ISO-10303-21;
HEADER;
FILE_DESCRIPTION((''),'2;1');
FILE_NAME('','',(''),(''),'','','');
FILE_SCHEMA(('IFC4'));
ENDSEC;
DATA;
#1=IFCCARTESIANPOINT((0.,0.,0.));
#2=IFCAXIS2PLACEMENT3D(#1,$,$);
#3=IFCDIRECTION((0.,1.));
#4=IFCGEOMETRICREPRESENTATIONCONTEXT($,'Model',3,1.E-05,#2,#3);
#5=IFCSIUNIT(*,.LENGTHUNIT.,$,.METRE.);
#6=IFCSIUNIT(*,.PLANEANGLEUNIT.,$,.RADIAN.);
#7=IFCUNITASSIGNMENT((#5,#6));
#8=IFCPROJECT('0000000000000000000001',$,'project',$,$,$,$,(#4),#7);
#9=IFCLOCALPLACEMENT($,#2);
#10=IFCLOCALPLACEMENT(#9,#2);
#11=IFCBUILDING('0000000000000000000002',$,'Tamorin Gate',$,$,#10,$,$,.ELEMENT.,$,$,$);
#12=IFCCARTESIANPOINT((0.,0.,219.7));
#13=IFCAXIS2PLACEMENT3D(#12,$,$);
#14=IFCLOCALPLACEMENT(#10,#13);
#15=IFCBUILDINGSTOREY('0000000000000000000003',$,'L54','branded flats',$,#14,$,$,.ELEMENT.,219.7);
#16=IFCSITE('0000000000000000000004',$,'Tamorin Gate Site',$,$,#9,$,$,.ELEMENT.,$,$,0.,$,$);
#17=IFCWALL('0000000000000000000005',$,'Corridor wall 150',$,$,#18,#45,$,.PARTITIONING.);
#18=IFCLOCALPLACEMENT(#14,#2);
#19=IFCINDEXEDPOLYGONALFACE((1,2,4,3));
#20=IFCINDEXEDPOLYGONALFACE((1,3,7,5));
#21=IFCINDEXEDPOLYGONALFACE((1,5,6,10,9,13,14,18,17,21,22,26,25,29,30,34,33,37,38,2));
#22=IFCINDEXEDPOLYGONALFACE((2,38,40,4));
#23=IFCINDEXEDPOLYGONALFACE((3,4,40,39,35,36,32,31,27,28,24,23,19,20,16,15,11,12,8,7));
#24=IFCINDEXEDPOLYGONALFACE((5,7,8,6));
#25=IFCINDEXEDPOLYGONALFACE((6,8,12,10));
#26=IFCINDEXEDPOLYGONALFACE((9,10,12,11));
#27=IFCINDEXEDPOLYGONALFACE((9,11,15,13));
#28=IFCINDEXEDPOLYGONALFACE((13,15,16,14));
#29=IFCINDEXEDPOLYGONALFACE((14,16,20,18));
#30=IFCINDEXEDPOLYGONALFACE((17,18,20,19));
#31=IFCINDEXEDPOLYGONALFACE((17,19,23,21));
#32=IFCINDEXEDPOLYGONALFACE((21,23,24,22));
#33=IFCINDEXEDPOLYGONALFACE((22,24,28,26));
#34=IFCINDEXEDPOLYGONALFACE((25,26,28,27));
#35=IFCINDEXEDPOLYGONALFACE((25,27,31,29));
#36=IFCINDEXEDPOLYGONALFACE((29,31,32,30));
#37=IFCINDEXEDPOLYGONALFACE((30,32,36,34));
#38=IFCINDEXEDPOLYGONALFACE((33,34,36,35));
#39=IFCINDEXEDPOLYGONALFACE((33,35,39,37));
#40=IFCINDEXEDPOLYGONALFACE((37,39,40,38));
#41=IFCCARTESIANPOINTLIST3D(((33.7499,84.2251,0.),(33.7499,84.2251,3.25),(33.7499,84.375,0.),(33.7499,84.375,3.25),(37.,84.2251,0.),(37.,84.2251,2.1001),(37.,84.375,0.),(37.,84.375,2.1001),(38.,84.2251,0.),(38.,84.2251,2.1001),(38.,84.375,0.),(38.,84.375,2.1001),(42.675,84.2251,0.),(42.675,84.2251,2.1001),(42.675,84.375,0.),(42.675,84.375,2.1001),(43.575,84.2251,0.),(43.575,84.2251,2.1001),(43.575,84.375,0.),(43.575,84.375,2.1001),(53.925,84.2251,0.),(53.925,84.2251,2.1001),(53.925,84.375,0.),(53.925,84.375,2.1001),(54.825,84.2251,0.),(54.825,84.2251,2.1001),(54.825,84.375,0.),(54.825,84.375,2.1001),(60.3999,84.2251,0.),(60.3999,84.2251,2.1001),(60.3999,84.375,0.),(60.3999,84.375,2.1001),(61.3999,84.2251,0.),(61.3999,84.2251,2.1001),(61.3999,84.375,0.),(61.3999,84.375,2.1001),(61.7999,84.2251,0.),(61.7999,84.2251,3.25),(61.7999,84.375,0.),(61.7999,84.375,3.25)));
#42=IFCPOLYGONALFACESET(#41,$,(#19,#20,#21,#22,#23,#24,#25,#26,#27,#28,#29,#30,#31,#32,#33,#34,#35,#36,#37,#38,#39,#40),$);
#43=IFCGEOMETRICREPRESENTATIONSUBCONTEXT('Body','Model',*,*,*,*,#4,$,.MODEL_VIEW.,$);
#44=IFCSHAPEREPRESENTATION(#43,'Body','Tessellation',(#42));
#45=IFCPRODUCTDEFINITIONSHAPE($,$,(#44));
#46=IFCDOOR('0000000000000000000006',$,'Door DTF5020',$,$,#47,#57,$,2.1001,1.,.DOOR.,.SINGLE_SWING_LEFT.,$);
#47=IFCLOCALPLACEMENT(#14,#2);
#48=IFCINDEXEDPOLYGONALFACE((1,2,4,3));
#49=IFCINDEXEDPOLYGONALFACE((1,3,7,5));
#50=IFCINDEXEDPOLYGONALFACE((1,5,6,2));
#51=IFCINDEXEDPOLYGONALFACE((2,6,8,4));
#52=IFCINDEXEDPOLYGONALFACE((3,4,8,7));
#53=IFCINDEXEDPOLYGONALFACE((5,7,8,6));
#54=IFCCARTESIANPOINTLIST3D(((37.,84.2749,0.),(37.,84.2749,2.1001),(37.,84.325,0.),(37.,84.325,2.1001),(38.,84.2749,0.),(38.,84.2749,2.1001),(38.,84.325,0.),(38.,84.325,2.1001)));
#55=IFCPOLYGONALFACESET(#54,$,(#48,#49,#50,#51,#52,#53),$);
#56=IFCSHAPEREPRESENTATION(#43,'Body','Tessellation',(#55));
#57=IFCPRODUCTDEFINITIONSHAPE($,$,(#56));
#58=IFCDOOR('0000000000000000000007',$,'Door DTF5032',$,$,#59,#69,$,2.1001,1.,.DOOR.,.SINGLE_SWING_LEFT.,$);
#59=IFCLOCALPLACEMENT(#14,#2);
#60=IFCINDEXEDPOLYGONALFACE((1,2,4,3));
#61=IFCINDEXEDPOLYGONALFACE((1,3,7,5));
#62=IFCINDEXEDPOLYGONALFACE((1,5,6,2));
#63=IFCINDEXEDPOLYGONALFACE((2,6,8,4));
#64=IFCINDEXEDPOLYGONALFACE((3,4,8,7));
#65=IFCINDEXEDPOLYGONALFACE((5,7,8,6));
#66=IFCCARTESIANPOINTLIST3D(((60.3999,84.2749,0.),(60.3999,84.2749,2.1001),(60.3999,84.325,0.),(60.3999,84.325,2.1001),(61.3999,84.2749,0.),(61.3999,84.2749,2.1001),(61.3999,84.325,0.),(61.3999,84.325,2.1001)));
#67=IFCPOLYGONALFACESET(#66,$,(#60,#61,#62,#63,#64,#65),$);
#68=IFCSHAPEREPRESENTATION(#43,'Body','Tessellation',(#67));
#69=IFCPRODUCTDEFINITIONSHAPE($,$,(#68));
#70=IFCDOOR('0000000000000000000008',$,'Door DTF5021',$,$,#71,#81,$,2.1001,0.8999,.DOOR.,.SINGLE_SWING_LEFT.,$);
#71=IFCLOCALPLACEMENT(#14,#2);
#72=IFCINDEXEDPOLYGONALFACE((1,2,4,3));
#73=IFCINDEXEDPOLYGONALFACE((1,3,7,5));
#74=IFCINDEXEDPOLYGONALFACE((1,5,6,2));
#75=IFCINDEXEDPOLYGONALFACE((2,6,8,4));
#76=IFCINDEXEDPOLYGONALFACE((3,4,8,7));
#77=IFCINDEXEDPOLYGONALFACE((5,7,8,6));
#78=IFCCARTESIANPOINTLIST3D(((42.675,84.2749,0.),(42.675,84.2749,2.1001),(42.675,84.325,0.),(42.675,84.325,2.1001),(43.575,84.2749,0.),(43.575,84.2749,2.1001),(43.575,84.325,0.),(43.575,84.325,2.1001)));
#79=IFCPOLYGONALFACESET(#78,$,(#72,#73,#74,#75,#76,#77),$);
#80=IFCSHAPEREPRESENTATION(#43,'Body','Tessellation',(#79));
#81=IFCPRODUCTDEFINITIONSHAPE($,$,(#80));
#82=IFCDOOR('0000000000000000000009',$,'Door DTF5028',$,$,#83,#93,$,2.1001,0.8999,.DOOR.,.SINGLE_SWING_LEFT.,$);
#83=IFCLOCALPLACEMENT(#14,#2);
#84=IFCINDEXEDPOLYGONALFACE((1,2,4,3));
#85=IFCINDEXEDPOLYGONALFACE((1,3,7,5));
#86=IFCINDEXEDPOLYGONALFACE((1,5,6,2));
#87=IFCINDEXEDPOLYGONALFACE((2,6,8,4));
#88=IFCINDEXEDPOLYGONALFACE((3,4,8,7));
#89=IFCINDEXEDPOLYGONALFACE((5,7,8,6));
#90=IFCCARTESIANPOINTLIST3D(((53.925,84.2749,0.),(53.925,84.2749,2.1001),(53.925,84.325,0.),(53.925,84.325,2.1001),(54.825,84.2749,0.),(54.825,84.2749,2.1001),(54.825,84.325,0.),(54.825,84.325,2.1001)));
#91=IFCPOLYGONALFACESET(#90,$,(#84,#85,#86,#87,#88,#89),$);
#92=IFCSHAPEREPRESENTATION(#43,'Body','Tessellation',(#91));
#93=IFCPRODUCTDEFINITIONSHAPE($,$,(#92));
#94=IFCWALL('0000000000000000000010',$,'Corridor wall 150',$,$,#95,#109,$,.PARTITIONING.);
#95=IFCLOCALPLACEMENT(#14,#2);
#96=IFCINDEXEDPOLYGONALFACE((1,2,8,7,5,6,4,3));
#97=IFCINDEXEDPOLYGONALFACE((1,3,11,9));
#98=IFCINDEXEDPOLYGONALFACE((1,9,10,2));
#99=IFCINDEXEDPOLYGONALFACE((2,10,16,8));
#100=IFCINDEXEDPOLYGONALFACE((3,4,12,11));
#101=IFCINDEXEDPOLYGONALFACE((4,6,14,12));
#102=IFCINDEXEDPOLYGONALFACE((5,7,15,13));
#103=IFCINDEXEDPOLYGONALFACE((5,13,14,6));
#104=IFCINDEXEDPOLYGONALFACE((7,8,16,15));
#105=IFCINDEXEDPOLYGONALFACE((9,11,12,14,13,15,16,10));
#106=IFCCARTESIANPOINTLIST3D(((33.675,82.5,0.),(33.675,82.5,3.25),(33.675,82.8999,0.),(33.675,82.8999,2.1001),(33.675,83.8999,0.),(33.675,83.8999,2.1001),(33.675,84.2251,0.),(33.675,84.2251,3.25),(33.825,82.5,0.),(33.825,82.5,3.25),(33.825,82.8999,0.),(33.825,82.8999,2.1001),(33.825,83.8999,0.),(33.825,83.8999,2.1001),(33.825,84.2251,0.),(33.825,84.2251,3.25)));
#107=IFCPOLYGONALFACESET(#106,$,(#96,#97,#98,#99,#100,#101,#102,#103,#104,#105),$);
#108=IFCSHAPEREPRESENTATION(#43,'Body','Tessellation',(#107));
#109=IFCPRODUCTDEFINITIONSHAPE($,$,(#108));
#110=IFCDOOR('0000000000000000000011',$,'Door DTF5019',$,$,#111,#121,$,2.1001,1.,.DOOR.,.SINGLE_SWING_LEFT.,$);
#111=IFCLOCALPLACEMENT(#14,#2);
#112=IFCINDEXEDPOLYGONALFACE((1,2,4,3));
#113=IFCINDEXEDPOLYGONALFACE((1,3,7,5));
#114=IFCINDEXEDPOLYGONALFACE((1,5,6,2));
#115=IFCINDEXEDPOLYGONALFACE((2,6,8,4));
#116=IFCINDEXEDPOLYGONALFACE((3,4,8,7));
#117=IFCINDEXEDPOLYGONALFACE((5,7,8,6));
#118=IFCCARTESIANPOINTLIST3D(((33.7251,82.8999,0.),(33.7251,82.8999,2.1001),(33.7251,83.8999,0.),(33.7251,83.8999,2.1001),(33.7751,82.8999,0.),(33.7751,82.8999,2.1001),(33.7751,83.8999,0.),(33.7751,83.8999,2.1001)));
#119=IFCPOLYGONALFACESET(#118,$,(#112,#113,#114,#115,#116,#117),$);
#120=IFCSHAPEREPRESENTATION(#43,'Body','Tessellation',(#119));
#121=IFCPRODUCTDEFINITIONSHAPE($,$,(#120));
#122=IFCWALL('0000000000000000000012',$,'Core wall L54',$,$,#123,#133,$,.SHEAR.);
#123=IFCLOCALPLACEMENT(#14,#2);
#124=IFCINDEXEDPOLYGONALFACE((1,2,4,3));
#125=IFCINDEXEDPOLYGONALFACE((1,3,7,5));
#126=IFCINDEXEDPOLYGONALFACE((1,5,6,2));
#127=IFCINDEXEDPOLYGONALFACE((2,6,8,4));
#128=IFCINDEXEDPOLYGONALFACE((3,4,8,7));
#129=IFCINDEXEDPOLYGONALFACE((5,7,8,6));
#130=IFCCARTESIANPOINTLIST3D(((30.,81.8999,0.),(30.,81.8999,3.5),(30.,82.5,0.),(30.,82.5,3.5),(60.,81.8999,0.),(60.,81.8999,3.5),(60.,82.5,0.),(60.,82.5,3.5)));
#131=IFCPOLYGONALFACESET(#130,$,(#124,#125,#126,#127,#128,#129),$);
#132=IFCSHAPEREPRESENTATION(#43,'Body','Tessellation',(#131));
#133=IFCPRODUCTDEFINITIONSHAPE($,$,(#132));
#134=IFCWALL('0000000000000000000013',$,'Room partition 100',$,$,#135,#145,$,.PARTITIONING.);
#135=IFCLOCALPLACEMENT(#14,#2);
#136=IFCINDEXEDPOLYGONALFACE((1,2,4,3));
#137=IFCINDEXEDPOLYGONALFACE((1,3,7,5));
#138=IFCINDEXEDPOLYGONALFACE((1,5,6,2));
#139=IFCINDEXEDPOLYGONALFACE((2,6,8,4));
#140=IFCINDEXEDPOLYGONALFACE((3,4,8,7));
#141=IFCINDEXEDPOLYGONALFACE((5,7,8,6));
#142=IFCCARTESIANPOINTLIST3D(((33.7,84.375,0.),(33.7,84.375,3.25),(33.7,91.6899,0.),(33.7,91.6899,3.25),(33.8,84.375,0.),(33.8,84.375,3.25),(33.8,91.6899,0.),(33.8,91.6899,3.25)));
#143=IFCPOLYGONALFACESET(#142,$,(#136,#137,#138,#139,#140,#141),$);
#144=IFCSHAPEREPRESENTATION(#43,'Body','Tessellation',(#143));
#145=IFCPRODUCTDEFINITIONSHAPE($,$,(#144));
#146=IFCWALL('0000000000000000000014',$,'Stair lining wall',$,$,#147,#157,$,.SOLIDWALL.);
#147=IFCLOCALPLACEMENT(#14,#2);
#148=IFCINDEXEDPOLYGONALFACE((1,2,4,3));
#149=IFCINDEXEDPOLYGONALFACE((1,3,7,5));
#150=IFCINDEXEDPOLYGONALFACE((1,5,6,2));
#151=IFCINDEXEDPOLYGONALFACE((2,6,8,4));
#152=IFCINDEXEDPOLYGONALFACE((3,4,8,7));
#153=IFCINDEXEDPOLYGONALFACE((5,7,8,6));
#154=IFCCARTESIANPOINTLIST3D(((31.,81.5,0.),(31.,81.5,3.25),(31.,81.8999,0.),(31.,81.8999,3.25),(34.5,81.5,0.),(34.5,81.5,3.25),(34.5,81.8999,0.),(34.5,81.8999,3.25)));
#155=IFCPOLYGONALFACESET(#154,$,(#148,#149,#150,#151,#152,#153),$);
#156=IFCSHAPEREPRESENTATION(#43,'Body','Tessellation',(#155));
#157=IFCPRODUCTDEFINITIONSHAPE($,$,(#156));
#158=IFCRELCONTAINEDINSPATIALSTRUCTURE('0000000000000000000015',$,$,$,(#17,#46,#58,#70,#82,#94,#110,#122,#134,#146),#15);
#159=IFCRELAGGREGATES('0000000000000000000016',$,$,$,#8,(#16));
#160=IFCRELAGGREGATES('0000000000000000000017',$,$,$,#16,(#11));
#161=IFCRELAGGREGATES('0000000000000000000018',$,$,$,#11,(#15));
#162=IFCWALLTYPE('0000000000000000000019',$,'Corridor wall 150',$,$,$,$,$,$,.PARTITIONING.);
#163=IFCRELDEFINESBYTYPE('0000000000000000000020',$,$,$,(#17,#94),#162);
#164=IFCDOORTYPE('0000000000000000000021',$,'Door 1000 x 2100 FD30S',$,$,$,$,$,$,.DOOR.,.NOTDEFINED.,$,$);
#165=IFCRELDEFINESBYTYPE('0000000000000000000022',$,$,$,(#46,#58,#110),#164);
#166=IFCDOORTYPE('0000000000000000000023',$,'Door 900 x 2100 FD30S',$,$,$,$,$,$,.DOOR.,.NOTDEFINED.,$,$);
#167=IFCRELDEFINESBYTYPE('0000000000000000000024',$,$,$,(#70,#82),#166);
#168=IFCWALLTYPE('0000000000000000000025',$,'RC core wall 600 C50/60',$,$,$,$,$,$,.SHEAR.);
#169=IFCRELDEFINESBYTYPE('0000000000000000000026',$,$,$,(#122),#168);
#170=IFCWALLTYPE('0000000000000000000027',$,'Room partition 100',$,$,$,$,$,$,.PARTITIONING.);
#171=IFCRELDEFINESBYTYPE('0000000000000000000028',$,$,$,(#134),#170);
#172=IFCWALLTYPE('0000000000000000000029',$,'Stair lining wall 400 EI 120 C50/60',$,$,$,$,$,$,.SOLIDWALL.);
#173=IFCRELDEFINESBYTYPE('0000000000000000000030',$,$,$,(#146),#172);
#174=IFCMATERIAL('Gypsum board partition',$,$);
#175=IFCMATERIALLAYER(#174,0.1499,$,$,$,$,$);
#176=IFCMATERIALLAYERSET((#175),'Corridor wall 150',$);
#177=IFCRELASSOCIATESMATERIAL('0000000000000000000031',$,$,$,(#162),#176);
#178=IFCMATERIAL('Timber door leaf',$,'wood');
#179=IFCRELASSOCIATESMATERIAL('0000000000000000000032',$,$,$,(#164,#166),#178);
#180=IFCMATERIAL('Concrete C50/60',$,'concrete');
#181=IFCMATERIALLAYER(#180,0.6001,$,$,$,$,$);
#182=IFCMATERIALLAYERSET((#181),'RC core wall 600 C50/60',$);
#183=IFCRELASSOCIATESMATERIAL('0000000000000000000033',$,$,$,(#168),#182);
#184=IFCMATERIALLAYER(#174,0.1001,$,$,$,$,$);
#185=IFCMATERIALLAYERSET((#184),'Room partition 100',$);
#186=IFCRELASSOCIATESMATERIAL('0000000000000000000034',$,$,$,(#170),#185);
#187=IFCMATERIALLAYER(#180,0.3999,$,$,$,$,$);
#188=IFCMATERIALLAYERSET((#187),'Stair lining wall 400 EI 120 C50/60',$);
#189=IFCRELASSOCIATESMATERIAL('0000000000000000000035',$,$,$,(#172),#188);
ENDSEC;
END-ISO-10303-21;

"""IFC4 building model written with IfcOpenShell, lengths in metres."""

from ifc_helpers import new_model, si_unit, direction, frame, frame_2d, origin, place, context, subcontext, project, spatial, rectangle, extrude, material, layer, layer_set, type_object, element, fill, save


model = new_model("IFC4")

# Units and contexts
model_context = context("Model", 3, precision=1e-05, world=origin(), true_north=direction((0.0, 1.0)))
body_context = subcontext(model_context, "Body", "Model", "MODEL_VIEW")
ifc_project = project(units=[si_unit("LENGTHUNIT", "METRE"), si_unit("PLANEANGLEUNIT", "RADIAN")], contexts=[model_context])

# Site, building, storey
site_placement = place(None, origin())
site = spatial("IfcSite", under=ifc_project, at=site_placement, Name="Tamorin Gate Site", CompositionType="ELEMENT", RefElevation=0.0)
building_placement = place(site_placement, origin())
building = spatial("IfcBuilding", under=site, at=building_placement, Name="Tamorin Gate", CompositionType="ELEMENT")
storey_placement = place(building_placement, frame((0.0, 0.0, 219.7)))
storey = spatial("IfcBuildingStorey", under=building, at=storey_placement, Name="L54", Description="branded flats", CompositionType="ELEMENT", Elevation=219.7)

# Shared definitions
ifc_material_1 = material(Name="Concrete C50/60", Category="concrete")

# Wall, openings, doors
ifc_material_2 = material(Name="Gypsum board partition")
ifc_layer_1 = layer(ifc_material_2, 0.1499)
ifc_layer_set_1 = layer_set([ifc_layer_1], Name="Corridor wall 150")
wall_type_1 = type_object("IfcWallType", Name="Corridor wall 150", PredefinedType="PARTITIONING", material=ifc_layer_set_1)
wall_1_placement = place(storey_placement, frame((33.75, 84.3, 0.0), z_axis=(0.0, 0.0, 1.0), x_axis=(1.0, 0.0, 0.0)))
wall_1 = element("IfcWall", 1, at=wall_1_placement, inside=storey, type_object=wall_type_1, Name="Corridor wall 150", PredefinedType="PARTITIONING", context=body_context, shape_type="SweptSolid", body=[
    extrude(rectangle(XDim=28.05, YDim=0.1499, at=frame_2d((14.0249, 0.0))), origin(), (0.0, 0.0, 1.0), 3.25),
])
opening_1_placement = place(wall_1_placement, frame((3.25, 0.0, 0.0)))
opening_1 = element("IfcOpeningElement", 2, at=opening_1_placement, cuts=wall_1, PredefinedType="OPENING", context=body_context, shape_type="SweptSolid", body=[
    extrude(rectangle(XDim=1.0, YDim=2.1001, at=frame_2d((0.5, 1.05))), frame((0.0, 0.085, 0.0), z_axis=(0.0, -1.0, 0.0), x_axis=(1.0, 0.0, 0.0)), (0.0, 0.0, 1.0), 0.1699),
])
opening_2_placement = place(wall_1_placement, frame((8.925, 0.0, 0.0)))
opening_2 = element("IfcOpeningElement", 3, at=opening_2_placement, cuts=wall_1, PredefinedType="OPENING", context=body_context, shape_type="SweptSolid", body=[
    extrude(rectangle(XDim=0.8999, YDim=2.1001, at=frame_2d((0.45, 1.05))), frame((0.0, 0.085, 0.0), z_axis=(0.0, -1.0, 0.0), x_axis=(1.0, 0.0, 0.0)), (0.0, 0.0, 1.0), 0.1699),
])
opening_3_placement = place(wall_1_placement, frame((20.175, 0.0, 0.0)))
opening_3 = element("IfcOpeningElement", 4, at=opening_3_placement, cuts=wall_1, PredefinedType="OPENING", context=body_context, shape_type="SweptSolid", body=[
    extrude(rectangle(XDim=0.8999, YDim=2.1001, at=frame_2d((0.45, 1.05))), frame((0.0, 0.085, 0.0), z_axis=(0.0, -1.0, 0.0), x_axis=(1.0, 0.0, 0.0)), (0.0, 0.0, 1.0), 0.1699),
])
opening_4_placement = place(wall_1_placement, frame((26.6499, 0.0, 0.0)))
opening_4 = element("IfcOpeningElement", 5, at=opening_4_placement, cuts=wall_1, PredefinedType="OPENING", context=body_context, shape_type="SweptSolid", body=[
    extrude(rectangle(XDim=1.0, YDim=2.1001, at=frame_2d((0.5, 1.05))), frame((0.0, 0.085, 0.0), z_axis=(0.0, -1.0, 0.0), x_axis=(1.0, 0.0, 0.0)), (0.0, 0.0, 1.0), 0.1699),
])
ifc_material_3 = material(Name="Timber door leaf", Category="wood")
door_type_1 = type_object("IfcDoorType", Name="Door 1000 x 2100 FD30S", OperationType="NOTDEFINED", PredefinedType="DOOR", material=ifc_material_3)
door_1_placement = place(opening_1_placement, origin())
door_1 = element("IfcDoor", 6, at=door_1_placement, inside=storey, type_object=door_type_1, Name="Door DTF5020", OperationType="SINGLE_SWING_LEFT", OverallHeight=2.1001, OverallWidth=1.0, PredefinedType="DOOR", context=body_context, shape_type="SweptSolid", body=[
    extrude(rectangle(XDim=1.0, YDim=2.1001, at=frame_2d((0.5, 1.05))), frame((0.0, 0.0249, 0.0), z_axis=(0.0, -1.0, 0.0), x_axis=(1.0, 0.0, 0.0)), (0.0, 0.0, 1.0), 0.05),
])
fill(opening_1, door_1)
door_2_placement = place(opening_4_placement, origin())
door_2 = element("IfcDoor", 7, at=door_2_placement, inside=storey, type_object=door_type_1, Name="Door DTF5032", OperationType="SINGLE_SWING_LEFT", OverallHeight=2.1001, OverallWidth=1.0, PredefinedType="DOOR", context=body_context, shape_type="SweptSolid", body=[
    extrude(rectangle(XDim=1.0, YDim=2.1001, at=frame_2d((0.5, 1.05))), frame((0.0, 0.0249, 0.0), z_axis=(0.0, -1.0, 0.0), x_axis=(1.0, 0.0, 0.0)), (0.0, 0.0, 1.0), 0.05),
])
fill(opening_4, door_2)
door_type_2 = type_object("IfcDoorType", Name="Door 900 x 2100 FD30S", OperationType="NOTDEFINED", PredefinedType="DOOR", material=ifc_material_3)
door_3_placement = place(opening_2_placement, origin())
door_3 = element("IfcDoor", 8, at=door_3_placement, inside=storey, type_object=door_type_2, Name="Door DTF5021", OperationType="SINGLE_SWING_LEFT", OverallHeight=2.1001, OverallWidth=0.8999, PredefinedType="DOOR", context=body_context, shape_type="SweptSolid", body=[
    extrude(rectangle(XDim=0.8999, YDim=2.1001, at=frame_2d((0.45, 1.05))), frame((0.0, 0.0249, 0.0), z_axis=(0.0, -1.0, 0.0), x_axis=(1.0, 0.0, 0.0)), (0.0, 0.0, 1.0), 0.05),
])
fill(opening_2, door_3)
door_4_placement = place(opening_3_placement, origin())
door_4 = element("IfcDoor", 9, at=door_4_placement, inside=storey, type_object=door_type_2, Name="Door DTF5028", OperationType="SINGLE_SWING_LEFT", OverallHeight=2.1001, OverallWidth=0.8999, PredefinedType="DOOR", context=body_context, shape_type="SweptSolid", body=[
    extrude(rectangle(XDim=0.8999, YDim=2.1001, at=frame_2d((0.45, 1.05))), frame((0.0, 0.0249, 0.0), z_axis=(0.0, -1.0, 0.0), x_axis=(1.0, 0.0, 0.0)), (0.0, 0.0, 1.0), 0.05),
])
fill(opening_3, door_4)

# Wall, opening, door
wall_2_placement = place(storey_placement, frame((33.75, 82.5, 0.0), z_axis=(0.0, 0.0, 1.0), x_axis=(0.0, 1.0, 0.0)))
wall_2 = element("IfcWall", 10, at=wall_2_placement, inside=storey, type_object=wall_type_1, Name="Corridor wall 150", PredefinedType="PARTITIONING", context=body_context, shape_type="SweptSolid", body=[
    extrude(rectangle(XDim=1.7251, YDim=0.1499, at=frame_2d((0.8625, 0.0))), origin(), (0.0, 0.0, 1.0), 3.25),
])
opening_5_placement = place(wall_2_placement, frame((0.3999, 0.0, 0.0)))
opening_5 = element("IfcOpeningElement", 11, at=opening_5_placement, cuts=wall_2, PredefinedType="OPENING", context=body_context, shape_type="SweptSolid", body=[
    extrude(rectangle(XDim=1.0, YDim=2.1001, at=frame_2d((0.5, 1.05))), frame((0.0, 0.085, 0.0), z_axis=(0.0, -1.0, 0.0), x_axis=(1.0, 0.0, 0.0)), (0.0, 0.0, 1.0), 0.1699),
])
door_5_placement = place(opening_5_placement, origin())
door_5 = element("IfcDoor", 12, at=door_5_placement, inside=storey, type_object=door_type_1, Name="Door DTF5019", OperationType="SINGLE_SWING_LEFT", OverallHeight=2.1001, OverallWidth=1.0, PredefinedType="DOOR", context=body_context, shape_type="SweptSolid", body=[
    extrude(rectangle(XDim=1.0, YDim=2.1001, at=frame_2d((0.5, 1.05))), frame((0.0, 0.0249, 0.0), z_axis=(0.0, -1.0, 0.0), x_axis=(1.0, 0.0, 0.0)), (0.0, 0.0, 1.0), 0.05),
])
fill(opening_5, door_5)

# Walls
ifc_layer_2 = layer(ifc_material_1, 0.6001)
ifc_layer_set_2 = layer_set([ifc_layer_2], Name="RC core wall 600 C50/60")
wall_type_2 = type_object("IfcWallType", Name="RC core wall 600 C50/60", PredefinedType="SHEAR", material=ifc_layer_set_2)
wall_3_placement = place(storey_placement, frame((30.0, 82.2, 0.0), z_axis=(0.0, 0.0, 1.0), x_axis=(1.0, 0.0, 0.0)))
element("IfcWall", 13, at=wall_3_placement, inside=storey, type_object=wall_type_2, Name="Core wall L54", PredefinedType="SHEAR", context=body_context, shape_type="SweptSolid", body=[
    extrude(rectangle(XDim=30.0, YDim=0.6001, at=frame_2d((15.0, 0.0))), origin(), (0.0, 0.0, 1.0), 3.5),
])
ifc_layer_3 = layer(ifc_material_2, 0.1001)
ifc_layer_set_3 = layer_set([ifc_layer_3], Name="Room partition 100")
wall_type_3 = type_object("IfcWallType", Name="Room partition 100", PredefinedType="PARTITIONING", material=ifc_layer_set_3)
wall_4_placement = place(storey_placement, frame((33.75, 84.375, 0.0), z_axis=(0.0, 0.0, 1.0), x_axis=(0.0, 1.0, 0.0)))
element("IfcWall", 14, at=wall_4_placement, inside=storey, type_object=wall_type_3, Name="Room partition 100", PredefinedType="PARTITIONING", context=body_context, shape_type="SweptSolid", body=[
    extrude(rectangle(XDim=7.3149, YDim=0.1001, at=frame_2d((3.6575, 0.0))), origin(), (0.0, 0.0, 1.0), 3.25),
])
ifc_layer_4 = layer(ifc_material_1, 0.3999)
ifc_layer_set_4 = layer_set([ifc_layer_4], Name="Stair lining wall 400 EI 120 C50/60")
wall_type_4 = type_object("IfcWallType", Name="Stair lining wall 400 EI 120 C50/60", PredefinedType="SOLIDWALL", material=ifc_layer_set_4)
wall_5_placement = place(storey_placement, frame((31.0, 81.7, 0.0), z_axis=(0.0, 0.0, 1.0), x_axis=(1.0, 0.0, 0.0)))
element("IfcWall", 15, at=wall_5_placement, inside=storey, type_object=wall_type_4, Name="Stair lining wall", PredefinedType="SOLIDWALL", context=body_context, shape_type="SweptSolid", body=[
    extrude(rectangle(XDim=3.5, YDim=0.3999, at=frame_2d((1.75, 0.0))), origin(), (0.0, 0.0, 1.0), 3.25),
])

save(model, "model.ifc")
